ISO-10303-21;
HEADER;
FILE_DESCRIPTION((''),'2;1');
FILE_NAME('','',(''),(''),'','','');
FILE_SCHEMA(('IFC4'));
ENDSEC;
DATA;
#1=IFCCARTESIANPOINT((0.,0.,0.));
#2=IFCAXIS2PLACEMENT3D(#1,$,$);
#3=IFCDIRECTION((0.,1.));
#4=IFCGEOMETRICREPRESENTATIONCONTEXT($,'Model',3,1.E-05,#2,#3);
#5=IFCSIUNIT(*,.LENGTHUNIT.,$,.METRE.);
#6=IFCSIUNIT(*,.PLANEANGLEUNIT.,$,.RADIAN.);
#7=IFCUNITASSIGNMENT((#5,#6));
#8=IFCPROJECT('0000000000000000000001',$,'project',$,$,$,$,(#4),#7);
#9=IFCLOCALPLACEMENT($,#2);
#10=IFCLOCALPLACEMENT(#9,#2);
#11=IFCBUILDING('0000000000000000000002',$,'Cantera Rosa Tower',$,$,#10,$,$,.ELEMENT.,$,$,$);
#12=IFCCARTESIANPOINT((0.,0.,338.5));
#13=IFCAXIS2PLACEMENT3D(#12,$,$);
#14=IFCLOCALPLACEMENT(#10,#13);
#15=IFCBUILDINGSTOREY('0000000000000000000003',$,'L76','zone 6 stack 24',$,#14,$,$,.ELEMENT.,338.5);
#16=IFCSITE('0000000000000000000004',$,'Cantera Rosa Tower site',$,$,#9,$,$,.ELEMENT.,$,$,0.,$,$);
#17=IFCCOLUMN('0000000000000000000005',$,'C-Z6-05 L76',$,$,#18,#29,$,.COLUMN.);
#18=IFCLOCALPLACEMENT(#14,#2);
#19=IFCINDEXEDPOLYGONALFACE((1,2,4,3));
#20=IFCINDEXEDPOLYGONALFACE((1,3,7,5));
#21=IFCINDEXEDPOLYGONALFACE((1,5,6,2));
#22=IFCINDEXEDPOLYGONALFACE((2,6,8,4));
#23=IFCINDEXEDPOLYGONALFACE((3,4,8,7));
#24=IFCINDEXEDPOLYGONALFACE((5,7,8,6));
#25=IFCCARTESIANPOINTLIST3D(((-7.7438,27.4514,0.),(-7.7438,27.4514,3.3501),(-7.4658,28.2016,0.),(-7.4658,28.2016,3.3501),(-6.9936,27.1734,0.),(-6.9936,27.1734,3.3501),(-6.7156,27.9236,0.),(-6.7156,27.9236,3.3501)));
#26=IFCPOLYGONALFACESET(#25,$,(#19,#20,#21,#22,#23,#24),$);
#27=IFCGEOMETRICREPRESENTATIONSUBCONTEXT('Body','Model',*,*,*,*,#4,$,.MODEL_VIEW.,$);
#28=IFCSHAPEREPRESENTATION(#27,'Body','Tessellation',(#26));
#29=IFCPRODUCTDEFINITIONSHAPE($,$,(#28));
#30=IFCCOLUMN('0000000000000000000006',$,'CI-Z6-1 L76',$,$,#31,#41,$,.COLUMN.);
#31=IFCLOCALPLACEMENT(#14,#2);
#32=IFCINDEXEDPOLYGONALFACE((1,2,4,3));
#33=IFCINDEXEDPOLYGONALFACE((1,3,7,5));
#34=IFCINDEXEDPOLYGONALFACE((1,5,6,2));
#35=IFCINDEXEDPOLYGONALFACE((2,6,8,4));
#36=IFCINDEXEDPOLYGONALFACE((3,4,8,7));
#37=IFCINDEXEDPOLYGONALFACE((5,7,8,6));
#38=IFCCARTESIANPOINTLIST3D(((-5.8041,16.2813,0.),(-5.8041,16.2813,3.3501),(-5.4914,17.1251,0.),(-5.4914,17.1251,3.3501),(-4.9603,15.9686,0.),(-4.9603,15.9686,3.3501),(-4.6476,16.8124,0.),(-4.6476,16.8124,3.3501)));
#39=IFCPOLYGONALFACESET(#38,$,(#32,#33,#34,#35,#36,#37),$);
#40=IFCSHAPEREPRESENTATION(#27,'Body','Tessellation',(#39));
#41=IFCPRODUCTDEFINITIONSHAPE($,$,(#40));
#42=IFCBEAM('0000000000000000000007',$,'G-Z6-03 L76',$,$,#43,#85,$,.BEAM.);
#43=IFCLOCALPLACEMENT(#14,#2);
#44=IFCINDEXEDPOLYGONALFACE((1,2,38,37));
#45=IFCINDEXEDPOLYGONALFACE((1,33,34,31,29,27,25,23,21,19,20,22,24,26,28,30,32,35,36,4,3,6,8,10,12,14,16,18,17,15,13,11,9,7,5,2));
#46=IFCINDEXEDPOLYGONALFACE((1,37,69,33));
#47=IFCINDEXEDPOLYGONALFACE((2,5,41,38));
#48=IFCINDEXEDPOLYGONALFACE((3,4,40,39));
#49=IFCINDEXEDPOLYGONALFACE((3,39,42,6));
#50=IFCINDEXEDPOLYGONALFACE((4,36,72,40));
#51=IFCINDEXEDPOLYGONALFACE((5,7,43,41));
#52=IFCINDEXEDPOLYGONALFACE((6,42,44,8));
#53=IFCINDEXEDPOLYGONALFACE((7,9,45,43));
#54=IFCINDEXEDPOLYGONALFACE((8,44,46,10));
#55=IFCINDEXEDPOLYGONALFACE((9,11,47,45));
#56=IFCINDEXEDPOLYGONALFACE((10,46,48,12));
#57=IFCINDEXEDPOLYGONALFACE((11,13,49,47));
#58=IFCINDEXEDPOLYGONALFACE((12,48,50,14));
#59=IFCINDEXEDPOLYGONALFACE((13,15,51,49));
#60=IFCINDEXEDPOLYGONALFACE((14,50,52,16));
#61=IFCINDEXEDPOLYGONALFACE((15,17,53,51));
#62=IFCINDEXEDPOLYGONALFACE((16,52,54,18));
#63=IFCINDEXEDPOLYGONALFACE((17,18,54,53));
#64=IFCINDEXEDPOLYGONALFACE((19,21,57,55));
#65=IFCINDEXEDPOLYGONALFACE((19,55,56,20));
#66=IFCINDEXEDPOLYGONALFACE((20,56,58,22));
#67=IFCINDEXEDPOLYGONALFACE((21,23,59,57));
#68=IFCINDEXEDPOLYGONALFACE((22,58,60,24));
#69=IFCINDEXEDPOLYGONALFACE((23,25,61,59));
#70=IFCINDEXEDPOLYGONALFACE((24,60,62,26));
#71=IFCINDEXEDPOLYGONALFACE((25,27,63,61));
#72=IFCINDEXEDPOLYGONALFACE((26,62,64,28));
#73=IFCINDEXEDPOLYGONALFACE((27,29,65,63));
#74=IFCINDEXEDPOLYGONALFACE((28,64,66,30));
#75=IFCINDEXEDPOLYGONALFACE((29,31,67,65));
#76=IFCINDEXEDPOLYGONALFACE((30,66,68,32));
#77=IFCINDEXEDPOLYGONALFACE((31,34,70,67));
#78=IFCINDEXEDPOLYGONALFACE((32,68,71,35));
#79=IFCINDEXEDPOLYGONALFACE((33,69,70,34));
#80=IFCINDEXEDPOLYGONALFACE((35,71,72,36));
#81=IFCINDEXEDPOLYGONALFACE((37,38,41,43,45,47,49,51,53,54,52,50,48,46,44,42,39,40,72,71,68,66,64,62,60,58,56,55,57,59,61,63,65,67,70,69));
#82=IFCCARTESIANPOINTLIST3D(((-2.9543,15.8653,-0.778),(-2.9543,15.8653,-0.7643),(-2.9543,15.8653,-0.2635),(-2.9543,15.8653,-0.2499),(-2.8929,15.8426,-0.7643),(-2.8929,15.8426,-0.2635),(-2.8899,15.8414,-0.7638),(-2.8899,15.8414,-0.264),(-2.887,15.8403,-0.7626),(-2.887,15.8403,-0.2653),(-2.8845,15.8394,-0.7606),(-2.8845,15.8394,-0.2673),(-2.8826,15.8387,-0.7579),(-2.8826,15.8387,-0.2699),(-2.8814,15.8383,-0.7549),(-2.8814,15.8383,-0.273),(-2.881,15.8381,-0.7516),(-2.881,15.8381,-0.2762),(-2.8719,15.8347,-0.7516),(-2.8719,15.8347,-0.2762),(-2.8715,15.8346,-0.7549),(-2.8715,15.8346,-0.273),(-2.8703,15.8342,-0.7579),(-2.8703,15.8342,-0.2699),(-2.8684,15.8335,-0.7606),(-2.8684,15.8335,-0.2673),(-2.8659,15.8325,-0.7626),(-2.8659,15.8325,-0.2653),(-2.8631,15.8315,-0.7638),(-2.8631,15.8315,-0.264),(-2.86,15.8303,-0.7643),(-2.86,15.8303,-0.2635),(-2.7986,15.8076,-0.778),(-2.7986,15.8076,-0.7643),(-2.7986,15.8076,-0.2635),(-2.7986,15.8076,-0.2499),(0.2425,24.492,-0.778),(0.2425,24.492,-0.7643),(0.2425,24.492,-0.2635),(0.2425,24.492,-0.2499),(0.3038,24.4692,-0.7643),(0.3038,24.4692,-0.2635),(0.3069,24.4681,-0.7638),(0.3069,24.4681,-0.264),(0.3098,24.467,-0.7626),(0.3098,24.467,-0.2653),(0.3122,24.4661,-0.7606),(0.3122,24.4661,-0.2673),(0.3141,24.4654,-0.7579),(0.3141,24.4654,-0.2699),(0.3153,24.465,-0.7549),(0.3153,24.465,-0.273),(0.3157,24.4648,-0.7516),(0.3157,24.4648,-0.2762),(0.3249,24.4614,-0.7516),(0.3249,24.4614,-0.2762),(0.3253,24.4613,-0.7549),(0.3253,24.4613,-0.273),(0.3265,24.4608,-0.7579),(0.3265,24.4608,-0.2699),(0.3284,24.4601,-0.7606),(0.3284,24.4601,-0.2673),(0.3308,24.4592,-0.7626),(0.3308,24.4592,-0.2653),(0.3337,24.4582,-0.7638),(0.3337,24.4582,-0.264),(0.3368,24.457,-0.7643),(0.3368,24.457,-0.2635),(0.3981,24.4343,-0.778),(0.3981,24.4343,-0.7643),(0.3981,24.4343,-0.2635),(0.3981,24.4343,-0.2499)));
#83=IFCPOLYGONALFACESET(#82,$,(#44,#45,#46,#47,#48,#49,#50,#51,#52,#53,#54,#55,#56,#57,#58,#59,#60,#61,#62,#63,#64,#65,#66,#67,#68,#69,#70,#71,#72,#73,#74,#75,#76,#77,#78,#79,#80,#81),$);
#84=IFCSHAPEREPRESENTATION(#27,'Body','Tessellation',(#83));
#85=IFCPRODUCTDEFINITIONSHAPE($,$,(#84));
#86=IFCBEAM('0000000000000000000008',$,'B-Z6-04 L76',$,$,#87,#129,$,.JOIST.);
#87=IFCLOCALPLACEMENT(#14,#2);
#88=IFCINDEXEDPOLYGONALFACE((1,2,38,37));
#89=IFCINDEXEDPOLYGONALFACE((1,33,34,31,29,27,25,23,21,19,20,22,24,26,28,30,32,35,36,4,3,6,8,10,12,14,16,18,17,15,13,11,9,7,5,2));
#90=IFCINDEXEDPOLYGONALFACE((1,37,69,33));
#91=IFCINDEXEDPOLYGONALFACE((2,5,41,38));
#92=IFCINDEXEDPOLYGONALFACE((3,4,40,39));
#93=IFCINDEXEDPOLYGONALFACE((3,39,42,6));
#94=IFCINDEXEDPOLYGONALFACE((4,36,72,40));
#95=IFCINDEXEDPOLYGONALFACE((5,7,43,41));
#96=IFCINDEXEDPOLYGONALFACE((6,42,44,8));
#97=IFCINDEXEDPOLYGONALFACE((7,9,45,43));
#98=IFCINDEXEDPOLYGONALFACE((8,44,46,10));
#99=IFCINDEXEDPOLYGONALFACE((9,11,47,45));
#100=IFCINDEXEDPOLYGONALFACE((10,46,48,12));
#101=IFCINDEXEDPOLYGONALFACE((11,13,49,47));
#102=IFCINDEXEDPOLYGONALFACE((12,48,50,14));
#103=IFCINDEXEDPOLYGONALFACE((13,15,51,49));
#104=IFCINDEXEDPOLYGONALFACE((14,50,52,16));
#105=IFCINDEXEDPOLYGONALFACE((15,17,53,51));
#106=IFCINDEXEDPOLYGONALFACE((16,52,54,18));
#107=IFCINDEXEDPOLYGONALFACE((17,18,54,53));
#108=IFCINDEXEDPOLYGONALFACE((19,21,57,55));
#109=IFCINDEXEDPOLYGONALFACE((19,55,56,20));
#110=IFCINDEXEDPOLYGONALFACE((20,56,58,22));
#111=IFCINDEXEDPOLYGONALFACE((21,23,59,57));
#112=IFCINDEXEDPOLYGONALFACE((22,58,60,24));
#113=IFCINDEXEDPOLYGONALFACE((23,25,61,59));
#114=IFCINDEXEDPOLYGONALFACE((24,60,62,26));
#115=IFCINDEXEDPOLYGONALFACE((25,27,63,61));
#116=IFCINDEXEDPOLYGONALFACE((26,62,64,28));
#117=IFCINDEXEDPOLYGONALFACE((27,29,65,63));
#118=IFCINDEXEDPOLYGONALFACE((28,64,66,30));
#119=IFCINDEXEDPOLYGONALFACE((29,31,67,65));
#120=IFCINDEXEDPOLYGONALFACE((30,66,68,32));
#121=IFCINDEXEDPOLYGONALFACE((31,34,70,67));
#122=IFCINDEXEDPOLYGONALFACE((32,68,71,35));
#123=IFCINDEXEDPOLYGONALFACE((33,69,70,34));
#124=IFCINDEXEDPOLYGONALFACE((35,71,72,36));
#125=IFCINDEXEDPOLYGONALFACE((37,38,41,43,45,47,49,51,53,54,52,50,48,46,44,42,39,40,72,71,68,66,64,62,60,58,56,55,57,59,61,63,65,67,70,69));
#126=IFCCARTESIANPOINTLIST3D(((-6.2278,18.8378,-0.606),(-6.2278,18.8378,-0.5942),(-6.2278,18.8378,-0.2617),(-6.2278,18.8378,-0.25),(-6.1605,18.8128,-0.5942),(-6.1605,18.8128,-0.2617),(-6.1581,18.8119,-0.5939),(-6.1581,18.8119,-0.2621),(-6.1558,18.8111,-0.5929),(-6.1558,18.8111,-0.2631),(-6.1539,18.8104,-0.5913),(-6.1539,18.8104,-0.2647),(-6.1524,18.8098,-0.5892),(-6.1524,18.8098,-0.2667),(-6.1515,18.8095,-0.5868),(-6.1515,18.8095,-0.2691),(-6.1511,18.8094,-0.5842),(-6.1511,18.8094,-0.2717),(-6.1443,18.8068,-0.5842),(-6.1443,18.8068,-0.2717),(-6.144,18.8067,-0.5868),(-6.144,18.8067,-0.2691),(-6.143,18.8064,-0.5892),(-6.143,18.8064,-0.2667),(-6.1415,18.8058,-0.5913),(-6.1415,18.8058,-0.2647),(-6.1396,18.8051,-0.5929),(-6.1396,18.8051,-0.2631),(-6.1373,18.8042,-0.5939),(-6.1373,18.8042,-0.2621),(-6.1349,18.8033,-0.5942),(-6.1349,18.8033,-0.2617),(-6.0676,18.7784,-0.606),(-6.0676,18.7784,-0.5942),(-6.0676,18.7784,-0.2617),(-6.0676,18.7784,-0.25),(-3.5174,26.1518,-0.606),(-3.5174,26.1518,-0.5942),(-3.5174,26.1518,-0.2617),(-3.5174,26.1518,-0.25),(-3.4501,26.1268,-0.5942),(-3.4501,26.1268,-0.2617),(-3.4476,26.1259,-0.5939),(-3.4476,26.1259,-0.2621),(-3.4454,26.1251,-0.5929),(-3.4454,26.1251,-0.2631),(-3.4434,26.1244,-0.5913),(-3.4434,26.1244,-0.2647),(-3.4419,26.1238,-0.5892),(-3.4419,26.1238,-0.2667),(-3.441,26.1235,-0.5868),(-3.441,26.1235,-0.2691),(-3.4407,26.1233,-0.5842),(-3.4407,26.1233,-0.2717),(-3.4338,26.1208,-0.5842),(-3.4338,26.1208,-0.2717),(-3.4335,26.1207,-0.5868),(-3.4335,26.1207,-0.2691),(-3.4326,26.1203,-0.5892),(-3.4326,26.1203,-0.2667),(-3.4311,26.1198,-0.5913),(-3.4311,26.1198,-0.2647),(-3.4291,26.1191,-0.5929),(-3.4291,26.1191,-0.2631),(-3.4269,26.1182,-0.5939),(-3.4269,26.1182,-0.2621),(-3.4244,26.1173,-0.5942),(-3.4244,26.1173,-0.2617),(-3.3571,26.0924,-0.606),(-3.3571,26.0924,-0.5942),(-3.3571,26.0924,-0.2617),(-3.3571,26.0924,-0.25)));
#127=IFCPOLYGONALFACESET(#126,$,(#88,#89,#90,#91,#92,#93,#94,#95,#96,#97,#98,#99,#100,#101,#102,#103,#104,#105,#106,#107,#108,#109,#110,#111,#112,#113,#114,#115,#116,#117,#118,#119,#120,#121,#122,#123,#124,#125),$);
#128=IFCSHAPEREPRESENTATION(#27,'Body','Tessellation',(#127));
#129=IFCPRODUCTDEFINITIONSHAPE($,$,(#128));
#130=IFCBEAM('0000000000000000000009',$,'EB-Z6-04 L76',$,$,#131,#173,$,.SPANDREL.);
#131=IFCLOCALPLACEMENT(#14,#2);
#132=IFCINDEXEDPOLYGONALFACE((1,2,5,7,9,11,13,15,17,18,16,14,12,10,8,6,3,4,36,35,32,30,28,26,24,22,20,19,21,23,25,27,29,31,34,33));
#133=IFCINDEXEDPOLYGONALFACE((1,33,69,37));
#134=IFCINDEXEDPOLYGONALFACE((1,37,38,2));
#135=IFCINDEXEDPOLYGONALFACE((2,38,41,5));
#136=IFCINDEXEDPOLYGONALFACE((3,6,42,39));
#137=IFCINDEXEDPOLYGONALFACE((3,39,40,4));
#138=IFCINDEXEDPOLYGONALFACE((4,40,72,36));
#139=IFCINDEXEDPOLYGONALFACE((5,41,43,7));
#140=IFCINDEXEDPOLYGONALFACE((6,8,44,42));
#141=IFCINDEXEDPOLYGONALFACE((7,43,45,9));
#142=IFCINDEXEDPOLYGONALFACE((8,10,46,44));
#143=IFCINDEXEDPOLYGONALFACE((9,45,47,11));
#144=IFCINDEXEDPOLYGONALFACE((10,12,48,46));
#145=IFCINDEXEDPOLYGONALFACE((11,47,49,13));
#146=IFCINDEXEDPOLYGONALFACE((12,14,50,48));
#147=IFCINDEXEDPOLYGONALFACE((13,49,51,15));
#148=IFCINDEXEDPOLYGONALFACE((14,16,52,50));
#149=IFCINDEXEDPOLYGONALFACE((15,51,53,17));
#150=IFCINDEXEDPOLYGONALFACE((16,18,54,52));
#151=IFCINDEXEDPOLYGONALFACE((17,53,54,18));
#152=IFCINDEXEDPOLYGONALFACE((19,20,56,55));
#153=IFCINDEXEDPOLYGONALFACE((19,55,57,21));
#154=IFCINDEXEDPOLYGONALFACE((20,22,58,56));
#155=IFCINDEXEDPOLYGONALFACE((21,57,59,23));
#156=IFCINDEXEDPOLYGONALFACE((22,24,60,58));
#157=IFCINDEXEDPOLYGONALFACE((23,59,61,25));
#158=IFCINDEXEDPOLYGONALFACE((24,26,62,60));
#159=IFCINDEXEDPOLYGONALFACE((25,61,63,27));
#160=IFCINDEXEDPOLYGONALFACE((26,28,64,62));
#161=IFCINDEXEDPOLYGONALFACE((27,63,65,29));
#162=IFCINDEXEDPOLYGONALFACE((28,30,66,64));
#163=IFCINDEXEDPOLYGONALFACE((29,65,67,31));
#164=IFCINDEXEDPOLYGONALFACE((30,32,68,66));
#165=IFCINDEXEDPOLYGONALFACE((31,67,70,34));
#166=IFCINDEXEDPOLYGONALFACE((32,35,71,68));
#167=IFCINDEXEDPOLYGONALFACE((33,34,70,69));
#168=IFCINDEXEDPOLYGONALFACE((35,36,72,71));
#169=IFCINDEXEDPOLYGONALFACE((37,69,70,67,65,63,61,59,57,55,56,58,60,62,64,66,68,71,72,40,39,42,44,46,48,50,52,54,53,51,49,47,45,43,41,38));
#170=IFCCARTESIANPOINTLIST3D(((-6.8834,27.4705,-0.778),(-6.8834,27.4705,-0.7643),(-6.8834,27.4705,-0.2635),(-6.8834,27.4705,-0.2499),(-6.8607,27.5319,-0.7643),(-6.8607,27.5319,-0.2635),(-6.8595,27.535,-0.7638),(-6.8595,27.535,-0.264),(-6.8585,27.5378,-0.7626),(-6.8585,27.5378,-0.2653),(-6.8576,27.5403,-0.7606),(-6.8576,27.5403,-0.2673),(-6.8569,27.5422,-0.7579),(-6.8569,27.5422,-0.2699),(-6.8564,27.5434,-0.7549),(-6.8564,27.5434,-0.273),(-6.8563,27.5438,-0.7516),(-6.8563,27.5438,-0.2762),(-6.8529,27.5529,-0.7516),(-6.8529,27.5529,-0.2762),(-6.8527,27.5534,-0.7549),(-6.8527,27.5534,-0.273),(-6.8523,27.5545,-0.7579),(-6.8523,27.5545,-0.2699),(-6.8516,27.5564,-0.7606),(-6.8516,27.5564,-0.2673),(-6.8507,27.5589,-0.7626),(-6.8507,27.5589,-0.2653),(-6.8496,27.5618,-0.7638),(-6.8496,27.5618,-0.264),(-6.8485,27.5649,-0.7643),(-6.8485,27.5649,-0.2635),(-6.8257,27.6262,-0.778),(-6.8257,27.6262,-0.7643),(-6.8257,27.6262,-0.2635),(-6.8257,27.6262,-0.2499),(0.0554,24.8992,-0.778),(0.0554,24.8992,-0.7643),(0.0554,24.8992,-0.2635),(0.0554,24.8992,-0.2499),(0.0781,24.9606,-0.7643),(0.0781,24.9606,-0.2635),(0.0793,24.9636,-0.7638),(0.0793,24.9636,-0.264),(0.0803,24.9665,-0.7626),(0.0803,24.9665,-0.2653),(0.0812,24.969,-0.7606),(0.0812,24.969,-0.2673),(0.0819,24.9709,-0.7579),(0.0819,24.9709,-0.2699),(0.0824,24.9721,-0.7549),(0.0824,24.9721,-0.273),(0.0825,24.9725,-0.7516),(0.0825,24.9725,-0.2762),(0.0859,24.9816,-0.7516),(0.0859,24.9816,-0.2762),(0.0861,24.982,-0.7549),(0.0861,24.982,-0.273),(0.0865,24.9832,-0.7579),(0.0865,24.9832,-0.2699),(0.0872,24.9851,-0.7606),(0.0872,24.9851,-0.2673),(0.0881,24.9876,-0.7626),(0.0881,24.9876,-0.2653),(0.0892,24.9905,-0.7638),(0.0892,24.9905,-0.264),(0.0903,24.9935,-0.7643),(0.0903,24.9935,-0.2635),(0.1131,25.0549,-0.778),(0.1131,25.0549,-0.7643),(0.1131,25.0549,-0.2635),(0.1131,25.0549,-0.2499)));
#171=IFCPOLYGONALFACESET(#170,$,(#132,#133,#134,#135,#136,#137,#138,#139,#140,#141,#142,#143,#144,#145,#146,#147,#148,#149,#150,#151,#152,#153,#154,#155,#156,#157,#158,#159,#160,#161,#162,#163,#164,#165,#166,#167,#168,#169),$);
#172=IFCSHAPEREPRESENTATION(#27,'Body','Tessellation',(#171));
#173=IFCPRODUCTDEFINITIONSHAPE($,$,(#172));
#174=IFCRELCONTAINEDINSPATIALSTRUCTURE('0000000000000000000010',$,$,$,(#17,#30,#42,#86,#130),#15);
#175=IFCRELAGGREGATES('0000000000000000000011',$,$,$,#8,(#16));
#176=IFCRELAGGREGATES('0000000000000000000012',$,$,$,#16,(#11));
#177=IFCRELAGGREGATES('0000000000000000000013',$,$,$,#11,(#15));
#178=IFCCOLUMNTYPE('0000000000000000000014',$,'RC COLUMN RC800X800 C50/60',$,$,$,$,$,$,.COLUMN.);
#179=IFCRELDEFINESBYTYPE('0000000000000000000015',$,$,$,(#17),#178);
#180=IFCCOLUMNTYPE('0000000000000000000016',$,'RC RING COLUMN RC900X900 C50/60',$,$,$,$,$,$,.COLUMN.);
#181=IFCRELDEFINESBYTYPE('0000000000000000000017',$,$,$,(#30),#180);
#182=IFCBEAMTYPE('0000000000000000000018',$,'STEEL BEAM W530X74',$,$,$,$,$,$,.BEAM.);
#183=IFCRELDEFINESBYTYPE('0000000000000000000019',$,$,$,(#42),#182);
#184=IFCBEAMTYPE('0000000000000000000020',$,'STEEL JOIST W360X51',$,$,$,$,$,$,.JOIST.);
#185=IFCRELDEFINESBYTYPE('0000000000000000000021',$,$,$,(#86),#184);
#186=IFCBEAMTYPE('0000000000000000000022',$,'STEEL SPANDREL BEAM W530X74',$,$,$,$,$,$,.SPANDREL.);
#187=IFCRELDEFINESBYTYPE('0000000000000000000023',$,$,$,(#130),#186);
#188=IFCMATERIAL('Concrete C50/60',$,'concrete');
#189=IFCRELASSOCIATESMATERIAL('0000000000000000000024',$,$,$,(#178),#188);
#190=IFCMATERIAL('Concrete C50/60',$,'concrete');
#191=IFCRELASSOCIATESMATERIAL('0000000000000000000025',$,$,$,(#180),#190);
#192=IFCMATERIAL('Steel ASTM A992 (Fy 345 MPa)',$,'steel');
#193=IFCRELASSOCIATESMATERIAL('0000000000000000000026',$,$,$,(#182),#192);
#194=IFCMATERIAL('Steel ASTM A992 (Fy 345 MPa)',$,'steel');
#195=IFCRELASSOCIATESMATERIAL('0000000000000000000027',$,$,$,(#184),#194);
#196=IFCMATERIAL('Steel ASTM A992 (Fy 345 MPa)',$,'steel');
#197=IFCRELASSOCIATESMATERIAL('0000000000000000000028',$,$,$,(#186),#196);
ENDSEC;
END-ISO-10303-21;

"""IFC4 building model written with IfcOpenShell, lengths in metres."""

from ifc_helpers import new_model, si_unit, direction, frame, origin, origin_2d, place, context, subcontext, project, spatial, rectangle, i_section, extrude, material, material_profile, profile_set, type_object, element, save


model = new_model("IFC4")

# Units and contexts
model_context = context("Model", 3, precision=1e-05, world=origin(), true_north=direction((0.0, 1.0)))
body_context = subcontext(model_context, "Body", "Model", "MODEL_VIEW")
ifc_project = project(units=[si_unit("LENGTHUNIT", "METRE"), si_unit("PLANEANGLEUNIT", "RADIAN")], contexts=[model_context])

# Site, building, storey
site_placement = place(None, origin())
site = spatial("IfcSite", under=ifc_project, at=site_placement, Name="Cantera Rosa Tower site", CompositionType="ELEMENT", RefElevation=0.0)
building_placement = place(site_placement, origin())
building = spatial("IfcBuilding", under=site, at=building_placement, Name="Cantera Rosa Tower", CompositionType="ELEMENT")
storey_placement = place(building_placement, frame((0.0, 0.0, 338.5)))
storey = spatial("IfcBuildingStorey", under=building, at=storey_placement, Name="L76", Description="zone 6 stack 24", CompositionType="ELEMENT", Elevation=338.5)

# Columns
ifc_material_1 = material(Name="Concrete C50/60", Category="concrete")
ifc_material_profile_1 = material_profile(ifc_material_1, rectangle(XDim=0.8, YDim=0.8, at=origin_2d()), Name="RC COLUMN RC800X800 C50/60")
ifc_profile_set_1 = profile_set([ifc_material_profile_1], Name="Concrete C50/60")
column_type_1 = type_object("IfcColumnType", Name="RC COLUMN RC800X800 C50/60", PredefinedType="COLUMN", material=ifc_profile_set_1)
column_1_placement = place(storey_placement, frame((-7.2297, 27.6875, 0.0), z_axis=(0.0, 0.0, 1.0), x_axis=(0.347481, 0.937687, 0.0)))
element("IfcColumn", 1, at=column_1_placement, inside=storey, type_object=column_type_1, Name="C-Z6-05 L76", PredefinedType="COLUMN", context=body_context, shape_type="SweptSolid", body=[
    extrude(rectangle(XDim=0.8, YDim=0.8, at=origin_2d()), origin(), (0.0, 0.0, 1.0), 3.3501),
])
ifc_material_2 = material(Name="Concrete C50/60", Category="concrete")
ifc_material_profile_2 = material_profile(ifc_material_2, rectangle(XDim=0.8999, YDim=0.8999, at=origin_2d()), Name="RC RING COLUMN RC900X900 C50/60")
ifc_profile_set_2 = profile_set([ifc_material_profile_2], Name="Concrete C50/60")
column_type_2 = type_object("IfcColumnType", Name="RC RING COLUMN RC900X900 C50/60", PredefinedType="COLUMN", material=ifc_profile_set_2)
column_2_placement = place(storey_placement, frame((-5.2258, 16.5469, 0.0), z_axis=(0.0, 0.0, 1.0), x_axis=(0.347481, 0.937687, 0.0)))
element("IfcColumn", 2, at=column_2_placement, inside=storey, type_object=column_type_2, Name="CI-Z6-1 L76", PredefinedType="COLUMN", context=body_context, shape_type="SweptSolid", body=[
    extrude(rectangle(XDim=0.8999, YDim=0.8999, at=origin_2d()), origin(), (0.0, 0.0, 1.0), 3.3501),
])

# Beams
ifc_material_3 = material(Name="Steel ASTM A992 (Fy 345 MPa)", Category="steel")
ifc_material_profile_3 = material_profile(ifc_material_3, i_section(OverallWidth=0.166, OverallDepth=0.5281, WebThickness=0.0098, FlangeThickness=0.0137, FilletRadius=0.0127, at=origin_2d()), Name="W530X74")
ifc_profile_set_3 = profile_set([ifc_material_profile_3], Name="Steel ASTM A992 (Fy 345 MPa)")
beam_type_1 = type_object("IfcBeamType", Name="STEEL BEAM W530X74", PredefinedType="BEAM", material=ifc_profile_set_3)
beam_1_placement = place(storey_placement, frame((0.3203, 24.4631, -0.5139), z_axis=(-0.347477, -0.937689, 0.0), x_axis=(0.937689, -0.347477, 0.0)))
element("IfcBeam", 3, at=beam_1_placement, inside=storey, type_object=beam_type_1, Name="G-Z6-03 L76", PredefinedType="BEAM", context=body_context, shape_type="SweptSolid", body=[
    extrude(i_section(OverallWidth=0.166, OverallDepth=0.5281, WebThickness=0.0098, FlangeThickness=0.0137, FilletRadius=0.0127, at=origin_2d()), origin(), (0.0, 0.0, 1.0), 9.2),
])
ifc_material_4 = material(Name="Steel ASTM A992 (Fy 345 MPa)", Category="steel")
ifc_material_profile_4 = material_profile(ifc_material_4, i_section(OverallWidth=0.1709, OverallDepth=0.356, WebThickness=0.0073, FlangeThickness=0.0117, FilletRadius=0.01, at=origin_2d()), Name="W360X51")
ifc_profile_set_4 = profile_set([ifc_material_profile_4], Name="Steel ASTM A992 (Fy 345 MPa)")
beam_type_2 = type_object("IfcBeamType", Name="STEEL JOIST W360X51", PredefinedType="JOIST", material=ifc_profile_set_4)
beam_2_placement = place(storey_placement, frame((-3.4373, 26.1221, -0.428), z_axis=(-0.347492, -0.937683, 0.0), x_axis=(0.937683, -0.347492, 0.0)))
element("IfcBeam", 4, at=beam_2_placement, inside=storey, type_object=beam_type_2, Name="B-Z6-04 L76", PredefinedType="JOIST", context=body_context, shape_type="SweptSolid", body=[
    extrude(i_section(OverallWidth=0.1709, OverallDepth=0.356, WebThickness=0.0073, FlangeThickness=0.0117, FilletRadius=0.01, at=origin_2d()), origin(), (0.0, 0.0, 1.0), 7.8),
])
ifc_material_5 = material(Name="Steel ASTM A992 (Fy 345 MPa)", Category="steel")
ifc_material_profile_5 = material_profile(ifc_material_5, i_section(OverallWidth=0.166, OverallDepth=0.5281, WebThickness=0.0098, FlangeThickness=0.0137, FilletRadius=0.0127, at=origin_2d()), Name="W530X74")
ifc_profile_set_5 = profile_set([ifc_material_profile_5], Name="Steel ASTM A992 (Fy 345 MPa)")
beam_type_3 = type_object("IfcBeamType", Name="STEEL SPANDREL BEAM W530X74", PredefinedType="SPANDREL", material=ifc_profile_set_5)
beam_3_placement = place(storey_placement, frame((0.0842, 24.9771, -0.5139), z_axis=(-0.937687, 0.34748, 0.0), x_axis=(-0.34748, -0.937687, 0.0)))
element("IfcBeam", 5, at=beam_3_placement, inside=storey, type_object=beam_type_3, Name="EB-Z6-04 L76", PredefinedType="SPANDREL", context=body_context, shape_type="SweptSolid", body=[
    extrude(i_section(OverallWidth=0.166, OverallDepth=0.5281, WebThickness=0.0098, FlangeThickness=0.0137, FilletRadius=0.0127, at=origin_2d()), origin(), (0.0, 0.0, 1.0), 7.3999),
])

save(model, "model.ifc")
